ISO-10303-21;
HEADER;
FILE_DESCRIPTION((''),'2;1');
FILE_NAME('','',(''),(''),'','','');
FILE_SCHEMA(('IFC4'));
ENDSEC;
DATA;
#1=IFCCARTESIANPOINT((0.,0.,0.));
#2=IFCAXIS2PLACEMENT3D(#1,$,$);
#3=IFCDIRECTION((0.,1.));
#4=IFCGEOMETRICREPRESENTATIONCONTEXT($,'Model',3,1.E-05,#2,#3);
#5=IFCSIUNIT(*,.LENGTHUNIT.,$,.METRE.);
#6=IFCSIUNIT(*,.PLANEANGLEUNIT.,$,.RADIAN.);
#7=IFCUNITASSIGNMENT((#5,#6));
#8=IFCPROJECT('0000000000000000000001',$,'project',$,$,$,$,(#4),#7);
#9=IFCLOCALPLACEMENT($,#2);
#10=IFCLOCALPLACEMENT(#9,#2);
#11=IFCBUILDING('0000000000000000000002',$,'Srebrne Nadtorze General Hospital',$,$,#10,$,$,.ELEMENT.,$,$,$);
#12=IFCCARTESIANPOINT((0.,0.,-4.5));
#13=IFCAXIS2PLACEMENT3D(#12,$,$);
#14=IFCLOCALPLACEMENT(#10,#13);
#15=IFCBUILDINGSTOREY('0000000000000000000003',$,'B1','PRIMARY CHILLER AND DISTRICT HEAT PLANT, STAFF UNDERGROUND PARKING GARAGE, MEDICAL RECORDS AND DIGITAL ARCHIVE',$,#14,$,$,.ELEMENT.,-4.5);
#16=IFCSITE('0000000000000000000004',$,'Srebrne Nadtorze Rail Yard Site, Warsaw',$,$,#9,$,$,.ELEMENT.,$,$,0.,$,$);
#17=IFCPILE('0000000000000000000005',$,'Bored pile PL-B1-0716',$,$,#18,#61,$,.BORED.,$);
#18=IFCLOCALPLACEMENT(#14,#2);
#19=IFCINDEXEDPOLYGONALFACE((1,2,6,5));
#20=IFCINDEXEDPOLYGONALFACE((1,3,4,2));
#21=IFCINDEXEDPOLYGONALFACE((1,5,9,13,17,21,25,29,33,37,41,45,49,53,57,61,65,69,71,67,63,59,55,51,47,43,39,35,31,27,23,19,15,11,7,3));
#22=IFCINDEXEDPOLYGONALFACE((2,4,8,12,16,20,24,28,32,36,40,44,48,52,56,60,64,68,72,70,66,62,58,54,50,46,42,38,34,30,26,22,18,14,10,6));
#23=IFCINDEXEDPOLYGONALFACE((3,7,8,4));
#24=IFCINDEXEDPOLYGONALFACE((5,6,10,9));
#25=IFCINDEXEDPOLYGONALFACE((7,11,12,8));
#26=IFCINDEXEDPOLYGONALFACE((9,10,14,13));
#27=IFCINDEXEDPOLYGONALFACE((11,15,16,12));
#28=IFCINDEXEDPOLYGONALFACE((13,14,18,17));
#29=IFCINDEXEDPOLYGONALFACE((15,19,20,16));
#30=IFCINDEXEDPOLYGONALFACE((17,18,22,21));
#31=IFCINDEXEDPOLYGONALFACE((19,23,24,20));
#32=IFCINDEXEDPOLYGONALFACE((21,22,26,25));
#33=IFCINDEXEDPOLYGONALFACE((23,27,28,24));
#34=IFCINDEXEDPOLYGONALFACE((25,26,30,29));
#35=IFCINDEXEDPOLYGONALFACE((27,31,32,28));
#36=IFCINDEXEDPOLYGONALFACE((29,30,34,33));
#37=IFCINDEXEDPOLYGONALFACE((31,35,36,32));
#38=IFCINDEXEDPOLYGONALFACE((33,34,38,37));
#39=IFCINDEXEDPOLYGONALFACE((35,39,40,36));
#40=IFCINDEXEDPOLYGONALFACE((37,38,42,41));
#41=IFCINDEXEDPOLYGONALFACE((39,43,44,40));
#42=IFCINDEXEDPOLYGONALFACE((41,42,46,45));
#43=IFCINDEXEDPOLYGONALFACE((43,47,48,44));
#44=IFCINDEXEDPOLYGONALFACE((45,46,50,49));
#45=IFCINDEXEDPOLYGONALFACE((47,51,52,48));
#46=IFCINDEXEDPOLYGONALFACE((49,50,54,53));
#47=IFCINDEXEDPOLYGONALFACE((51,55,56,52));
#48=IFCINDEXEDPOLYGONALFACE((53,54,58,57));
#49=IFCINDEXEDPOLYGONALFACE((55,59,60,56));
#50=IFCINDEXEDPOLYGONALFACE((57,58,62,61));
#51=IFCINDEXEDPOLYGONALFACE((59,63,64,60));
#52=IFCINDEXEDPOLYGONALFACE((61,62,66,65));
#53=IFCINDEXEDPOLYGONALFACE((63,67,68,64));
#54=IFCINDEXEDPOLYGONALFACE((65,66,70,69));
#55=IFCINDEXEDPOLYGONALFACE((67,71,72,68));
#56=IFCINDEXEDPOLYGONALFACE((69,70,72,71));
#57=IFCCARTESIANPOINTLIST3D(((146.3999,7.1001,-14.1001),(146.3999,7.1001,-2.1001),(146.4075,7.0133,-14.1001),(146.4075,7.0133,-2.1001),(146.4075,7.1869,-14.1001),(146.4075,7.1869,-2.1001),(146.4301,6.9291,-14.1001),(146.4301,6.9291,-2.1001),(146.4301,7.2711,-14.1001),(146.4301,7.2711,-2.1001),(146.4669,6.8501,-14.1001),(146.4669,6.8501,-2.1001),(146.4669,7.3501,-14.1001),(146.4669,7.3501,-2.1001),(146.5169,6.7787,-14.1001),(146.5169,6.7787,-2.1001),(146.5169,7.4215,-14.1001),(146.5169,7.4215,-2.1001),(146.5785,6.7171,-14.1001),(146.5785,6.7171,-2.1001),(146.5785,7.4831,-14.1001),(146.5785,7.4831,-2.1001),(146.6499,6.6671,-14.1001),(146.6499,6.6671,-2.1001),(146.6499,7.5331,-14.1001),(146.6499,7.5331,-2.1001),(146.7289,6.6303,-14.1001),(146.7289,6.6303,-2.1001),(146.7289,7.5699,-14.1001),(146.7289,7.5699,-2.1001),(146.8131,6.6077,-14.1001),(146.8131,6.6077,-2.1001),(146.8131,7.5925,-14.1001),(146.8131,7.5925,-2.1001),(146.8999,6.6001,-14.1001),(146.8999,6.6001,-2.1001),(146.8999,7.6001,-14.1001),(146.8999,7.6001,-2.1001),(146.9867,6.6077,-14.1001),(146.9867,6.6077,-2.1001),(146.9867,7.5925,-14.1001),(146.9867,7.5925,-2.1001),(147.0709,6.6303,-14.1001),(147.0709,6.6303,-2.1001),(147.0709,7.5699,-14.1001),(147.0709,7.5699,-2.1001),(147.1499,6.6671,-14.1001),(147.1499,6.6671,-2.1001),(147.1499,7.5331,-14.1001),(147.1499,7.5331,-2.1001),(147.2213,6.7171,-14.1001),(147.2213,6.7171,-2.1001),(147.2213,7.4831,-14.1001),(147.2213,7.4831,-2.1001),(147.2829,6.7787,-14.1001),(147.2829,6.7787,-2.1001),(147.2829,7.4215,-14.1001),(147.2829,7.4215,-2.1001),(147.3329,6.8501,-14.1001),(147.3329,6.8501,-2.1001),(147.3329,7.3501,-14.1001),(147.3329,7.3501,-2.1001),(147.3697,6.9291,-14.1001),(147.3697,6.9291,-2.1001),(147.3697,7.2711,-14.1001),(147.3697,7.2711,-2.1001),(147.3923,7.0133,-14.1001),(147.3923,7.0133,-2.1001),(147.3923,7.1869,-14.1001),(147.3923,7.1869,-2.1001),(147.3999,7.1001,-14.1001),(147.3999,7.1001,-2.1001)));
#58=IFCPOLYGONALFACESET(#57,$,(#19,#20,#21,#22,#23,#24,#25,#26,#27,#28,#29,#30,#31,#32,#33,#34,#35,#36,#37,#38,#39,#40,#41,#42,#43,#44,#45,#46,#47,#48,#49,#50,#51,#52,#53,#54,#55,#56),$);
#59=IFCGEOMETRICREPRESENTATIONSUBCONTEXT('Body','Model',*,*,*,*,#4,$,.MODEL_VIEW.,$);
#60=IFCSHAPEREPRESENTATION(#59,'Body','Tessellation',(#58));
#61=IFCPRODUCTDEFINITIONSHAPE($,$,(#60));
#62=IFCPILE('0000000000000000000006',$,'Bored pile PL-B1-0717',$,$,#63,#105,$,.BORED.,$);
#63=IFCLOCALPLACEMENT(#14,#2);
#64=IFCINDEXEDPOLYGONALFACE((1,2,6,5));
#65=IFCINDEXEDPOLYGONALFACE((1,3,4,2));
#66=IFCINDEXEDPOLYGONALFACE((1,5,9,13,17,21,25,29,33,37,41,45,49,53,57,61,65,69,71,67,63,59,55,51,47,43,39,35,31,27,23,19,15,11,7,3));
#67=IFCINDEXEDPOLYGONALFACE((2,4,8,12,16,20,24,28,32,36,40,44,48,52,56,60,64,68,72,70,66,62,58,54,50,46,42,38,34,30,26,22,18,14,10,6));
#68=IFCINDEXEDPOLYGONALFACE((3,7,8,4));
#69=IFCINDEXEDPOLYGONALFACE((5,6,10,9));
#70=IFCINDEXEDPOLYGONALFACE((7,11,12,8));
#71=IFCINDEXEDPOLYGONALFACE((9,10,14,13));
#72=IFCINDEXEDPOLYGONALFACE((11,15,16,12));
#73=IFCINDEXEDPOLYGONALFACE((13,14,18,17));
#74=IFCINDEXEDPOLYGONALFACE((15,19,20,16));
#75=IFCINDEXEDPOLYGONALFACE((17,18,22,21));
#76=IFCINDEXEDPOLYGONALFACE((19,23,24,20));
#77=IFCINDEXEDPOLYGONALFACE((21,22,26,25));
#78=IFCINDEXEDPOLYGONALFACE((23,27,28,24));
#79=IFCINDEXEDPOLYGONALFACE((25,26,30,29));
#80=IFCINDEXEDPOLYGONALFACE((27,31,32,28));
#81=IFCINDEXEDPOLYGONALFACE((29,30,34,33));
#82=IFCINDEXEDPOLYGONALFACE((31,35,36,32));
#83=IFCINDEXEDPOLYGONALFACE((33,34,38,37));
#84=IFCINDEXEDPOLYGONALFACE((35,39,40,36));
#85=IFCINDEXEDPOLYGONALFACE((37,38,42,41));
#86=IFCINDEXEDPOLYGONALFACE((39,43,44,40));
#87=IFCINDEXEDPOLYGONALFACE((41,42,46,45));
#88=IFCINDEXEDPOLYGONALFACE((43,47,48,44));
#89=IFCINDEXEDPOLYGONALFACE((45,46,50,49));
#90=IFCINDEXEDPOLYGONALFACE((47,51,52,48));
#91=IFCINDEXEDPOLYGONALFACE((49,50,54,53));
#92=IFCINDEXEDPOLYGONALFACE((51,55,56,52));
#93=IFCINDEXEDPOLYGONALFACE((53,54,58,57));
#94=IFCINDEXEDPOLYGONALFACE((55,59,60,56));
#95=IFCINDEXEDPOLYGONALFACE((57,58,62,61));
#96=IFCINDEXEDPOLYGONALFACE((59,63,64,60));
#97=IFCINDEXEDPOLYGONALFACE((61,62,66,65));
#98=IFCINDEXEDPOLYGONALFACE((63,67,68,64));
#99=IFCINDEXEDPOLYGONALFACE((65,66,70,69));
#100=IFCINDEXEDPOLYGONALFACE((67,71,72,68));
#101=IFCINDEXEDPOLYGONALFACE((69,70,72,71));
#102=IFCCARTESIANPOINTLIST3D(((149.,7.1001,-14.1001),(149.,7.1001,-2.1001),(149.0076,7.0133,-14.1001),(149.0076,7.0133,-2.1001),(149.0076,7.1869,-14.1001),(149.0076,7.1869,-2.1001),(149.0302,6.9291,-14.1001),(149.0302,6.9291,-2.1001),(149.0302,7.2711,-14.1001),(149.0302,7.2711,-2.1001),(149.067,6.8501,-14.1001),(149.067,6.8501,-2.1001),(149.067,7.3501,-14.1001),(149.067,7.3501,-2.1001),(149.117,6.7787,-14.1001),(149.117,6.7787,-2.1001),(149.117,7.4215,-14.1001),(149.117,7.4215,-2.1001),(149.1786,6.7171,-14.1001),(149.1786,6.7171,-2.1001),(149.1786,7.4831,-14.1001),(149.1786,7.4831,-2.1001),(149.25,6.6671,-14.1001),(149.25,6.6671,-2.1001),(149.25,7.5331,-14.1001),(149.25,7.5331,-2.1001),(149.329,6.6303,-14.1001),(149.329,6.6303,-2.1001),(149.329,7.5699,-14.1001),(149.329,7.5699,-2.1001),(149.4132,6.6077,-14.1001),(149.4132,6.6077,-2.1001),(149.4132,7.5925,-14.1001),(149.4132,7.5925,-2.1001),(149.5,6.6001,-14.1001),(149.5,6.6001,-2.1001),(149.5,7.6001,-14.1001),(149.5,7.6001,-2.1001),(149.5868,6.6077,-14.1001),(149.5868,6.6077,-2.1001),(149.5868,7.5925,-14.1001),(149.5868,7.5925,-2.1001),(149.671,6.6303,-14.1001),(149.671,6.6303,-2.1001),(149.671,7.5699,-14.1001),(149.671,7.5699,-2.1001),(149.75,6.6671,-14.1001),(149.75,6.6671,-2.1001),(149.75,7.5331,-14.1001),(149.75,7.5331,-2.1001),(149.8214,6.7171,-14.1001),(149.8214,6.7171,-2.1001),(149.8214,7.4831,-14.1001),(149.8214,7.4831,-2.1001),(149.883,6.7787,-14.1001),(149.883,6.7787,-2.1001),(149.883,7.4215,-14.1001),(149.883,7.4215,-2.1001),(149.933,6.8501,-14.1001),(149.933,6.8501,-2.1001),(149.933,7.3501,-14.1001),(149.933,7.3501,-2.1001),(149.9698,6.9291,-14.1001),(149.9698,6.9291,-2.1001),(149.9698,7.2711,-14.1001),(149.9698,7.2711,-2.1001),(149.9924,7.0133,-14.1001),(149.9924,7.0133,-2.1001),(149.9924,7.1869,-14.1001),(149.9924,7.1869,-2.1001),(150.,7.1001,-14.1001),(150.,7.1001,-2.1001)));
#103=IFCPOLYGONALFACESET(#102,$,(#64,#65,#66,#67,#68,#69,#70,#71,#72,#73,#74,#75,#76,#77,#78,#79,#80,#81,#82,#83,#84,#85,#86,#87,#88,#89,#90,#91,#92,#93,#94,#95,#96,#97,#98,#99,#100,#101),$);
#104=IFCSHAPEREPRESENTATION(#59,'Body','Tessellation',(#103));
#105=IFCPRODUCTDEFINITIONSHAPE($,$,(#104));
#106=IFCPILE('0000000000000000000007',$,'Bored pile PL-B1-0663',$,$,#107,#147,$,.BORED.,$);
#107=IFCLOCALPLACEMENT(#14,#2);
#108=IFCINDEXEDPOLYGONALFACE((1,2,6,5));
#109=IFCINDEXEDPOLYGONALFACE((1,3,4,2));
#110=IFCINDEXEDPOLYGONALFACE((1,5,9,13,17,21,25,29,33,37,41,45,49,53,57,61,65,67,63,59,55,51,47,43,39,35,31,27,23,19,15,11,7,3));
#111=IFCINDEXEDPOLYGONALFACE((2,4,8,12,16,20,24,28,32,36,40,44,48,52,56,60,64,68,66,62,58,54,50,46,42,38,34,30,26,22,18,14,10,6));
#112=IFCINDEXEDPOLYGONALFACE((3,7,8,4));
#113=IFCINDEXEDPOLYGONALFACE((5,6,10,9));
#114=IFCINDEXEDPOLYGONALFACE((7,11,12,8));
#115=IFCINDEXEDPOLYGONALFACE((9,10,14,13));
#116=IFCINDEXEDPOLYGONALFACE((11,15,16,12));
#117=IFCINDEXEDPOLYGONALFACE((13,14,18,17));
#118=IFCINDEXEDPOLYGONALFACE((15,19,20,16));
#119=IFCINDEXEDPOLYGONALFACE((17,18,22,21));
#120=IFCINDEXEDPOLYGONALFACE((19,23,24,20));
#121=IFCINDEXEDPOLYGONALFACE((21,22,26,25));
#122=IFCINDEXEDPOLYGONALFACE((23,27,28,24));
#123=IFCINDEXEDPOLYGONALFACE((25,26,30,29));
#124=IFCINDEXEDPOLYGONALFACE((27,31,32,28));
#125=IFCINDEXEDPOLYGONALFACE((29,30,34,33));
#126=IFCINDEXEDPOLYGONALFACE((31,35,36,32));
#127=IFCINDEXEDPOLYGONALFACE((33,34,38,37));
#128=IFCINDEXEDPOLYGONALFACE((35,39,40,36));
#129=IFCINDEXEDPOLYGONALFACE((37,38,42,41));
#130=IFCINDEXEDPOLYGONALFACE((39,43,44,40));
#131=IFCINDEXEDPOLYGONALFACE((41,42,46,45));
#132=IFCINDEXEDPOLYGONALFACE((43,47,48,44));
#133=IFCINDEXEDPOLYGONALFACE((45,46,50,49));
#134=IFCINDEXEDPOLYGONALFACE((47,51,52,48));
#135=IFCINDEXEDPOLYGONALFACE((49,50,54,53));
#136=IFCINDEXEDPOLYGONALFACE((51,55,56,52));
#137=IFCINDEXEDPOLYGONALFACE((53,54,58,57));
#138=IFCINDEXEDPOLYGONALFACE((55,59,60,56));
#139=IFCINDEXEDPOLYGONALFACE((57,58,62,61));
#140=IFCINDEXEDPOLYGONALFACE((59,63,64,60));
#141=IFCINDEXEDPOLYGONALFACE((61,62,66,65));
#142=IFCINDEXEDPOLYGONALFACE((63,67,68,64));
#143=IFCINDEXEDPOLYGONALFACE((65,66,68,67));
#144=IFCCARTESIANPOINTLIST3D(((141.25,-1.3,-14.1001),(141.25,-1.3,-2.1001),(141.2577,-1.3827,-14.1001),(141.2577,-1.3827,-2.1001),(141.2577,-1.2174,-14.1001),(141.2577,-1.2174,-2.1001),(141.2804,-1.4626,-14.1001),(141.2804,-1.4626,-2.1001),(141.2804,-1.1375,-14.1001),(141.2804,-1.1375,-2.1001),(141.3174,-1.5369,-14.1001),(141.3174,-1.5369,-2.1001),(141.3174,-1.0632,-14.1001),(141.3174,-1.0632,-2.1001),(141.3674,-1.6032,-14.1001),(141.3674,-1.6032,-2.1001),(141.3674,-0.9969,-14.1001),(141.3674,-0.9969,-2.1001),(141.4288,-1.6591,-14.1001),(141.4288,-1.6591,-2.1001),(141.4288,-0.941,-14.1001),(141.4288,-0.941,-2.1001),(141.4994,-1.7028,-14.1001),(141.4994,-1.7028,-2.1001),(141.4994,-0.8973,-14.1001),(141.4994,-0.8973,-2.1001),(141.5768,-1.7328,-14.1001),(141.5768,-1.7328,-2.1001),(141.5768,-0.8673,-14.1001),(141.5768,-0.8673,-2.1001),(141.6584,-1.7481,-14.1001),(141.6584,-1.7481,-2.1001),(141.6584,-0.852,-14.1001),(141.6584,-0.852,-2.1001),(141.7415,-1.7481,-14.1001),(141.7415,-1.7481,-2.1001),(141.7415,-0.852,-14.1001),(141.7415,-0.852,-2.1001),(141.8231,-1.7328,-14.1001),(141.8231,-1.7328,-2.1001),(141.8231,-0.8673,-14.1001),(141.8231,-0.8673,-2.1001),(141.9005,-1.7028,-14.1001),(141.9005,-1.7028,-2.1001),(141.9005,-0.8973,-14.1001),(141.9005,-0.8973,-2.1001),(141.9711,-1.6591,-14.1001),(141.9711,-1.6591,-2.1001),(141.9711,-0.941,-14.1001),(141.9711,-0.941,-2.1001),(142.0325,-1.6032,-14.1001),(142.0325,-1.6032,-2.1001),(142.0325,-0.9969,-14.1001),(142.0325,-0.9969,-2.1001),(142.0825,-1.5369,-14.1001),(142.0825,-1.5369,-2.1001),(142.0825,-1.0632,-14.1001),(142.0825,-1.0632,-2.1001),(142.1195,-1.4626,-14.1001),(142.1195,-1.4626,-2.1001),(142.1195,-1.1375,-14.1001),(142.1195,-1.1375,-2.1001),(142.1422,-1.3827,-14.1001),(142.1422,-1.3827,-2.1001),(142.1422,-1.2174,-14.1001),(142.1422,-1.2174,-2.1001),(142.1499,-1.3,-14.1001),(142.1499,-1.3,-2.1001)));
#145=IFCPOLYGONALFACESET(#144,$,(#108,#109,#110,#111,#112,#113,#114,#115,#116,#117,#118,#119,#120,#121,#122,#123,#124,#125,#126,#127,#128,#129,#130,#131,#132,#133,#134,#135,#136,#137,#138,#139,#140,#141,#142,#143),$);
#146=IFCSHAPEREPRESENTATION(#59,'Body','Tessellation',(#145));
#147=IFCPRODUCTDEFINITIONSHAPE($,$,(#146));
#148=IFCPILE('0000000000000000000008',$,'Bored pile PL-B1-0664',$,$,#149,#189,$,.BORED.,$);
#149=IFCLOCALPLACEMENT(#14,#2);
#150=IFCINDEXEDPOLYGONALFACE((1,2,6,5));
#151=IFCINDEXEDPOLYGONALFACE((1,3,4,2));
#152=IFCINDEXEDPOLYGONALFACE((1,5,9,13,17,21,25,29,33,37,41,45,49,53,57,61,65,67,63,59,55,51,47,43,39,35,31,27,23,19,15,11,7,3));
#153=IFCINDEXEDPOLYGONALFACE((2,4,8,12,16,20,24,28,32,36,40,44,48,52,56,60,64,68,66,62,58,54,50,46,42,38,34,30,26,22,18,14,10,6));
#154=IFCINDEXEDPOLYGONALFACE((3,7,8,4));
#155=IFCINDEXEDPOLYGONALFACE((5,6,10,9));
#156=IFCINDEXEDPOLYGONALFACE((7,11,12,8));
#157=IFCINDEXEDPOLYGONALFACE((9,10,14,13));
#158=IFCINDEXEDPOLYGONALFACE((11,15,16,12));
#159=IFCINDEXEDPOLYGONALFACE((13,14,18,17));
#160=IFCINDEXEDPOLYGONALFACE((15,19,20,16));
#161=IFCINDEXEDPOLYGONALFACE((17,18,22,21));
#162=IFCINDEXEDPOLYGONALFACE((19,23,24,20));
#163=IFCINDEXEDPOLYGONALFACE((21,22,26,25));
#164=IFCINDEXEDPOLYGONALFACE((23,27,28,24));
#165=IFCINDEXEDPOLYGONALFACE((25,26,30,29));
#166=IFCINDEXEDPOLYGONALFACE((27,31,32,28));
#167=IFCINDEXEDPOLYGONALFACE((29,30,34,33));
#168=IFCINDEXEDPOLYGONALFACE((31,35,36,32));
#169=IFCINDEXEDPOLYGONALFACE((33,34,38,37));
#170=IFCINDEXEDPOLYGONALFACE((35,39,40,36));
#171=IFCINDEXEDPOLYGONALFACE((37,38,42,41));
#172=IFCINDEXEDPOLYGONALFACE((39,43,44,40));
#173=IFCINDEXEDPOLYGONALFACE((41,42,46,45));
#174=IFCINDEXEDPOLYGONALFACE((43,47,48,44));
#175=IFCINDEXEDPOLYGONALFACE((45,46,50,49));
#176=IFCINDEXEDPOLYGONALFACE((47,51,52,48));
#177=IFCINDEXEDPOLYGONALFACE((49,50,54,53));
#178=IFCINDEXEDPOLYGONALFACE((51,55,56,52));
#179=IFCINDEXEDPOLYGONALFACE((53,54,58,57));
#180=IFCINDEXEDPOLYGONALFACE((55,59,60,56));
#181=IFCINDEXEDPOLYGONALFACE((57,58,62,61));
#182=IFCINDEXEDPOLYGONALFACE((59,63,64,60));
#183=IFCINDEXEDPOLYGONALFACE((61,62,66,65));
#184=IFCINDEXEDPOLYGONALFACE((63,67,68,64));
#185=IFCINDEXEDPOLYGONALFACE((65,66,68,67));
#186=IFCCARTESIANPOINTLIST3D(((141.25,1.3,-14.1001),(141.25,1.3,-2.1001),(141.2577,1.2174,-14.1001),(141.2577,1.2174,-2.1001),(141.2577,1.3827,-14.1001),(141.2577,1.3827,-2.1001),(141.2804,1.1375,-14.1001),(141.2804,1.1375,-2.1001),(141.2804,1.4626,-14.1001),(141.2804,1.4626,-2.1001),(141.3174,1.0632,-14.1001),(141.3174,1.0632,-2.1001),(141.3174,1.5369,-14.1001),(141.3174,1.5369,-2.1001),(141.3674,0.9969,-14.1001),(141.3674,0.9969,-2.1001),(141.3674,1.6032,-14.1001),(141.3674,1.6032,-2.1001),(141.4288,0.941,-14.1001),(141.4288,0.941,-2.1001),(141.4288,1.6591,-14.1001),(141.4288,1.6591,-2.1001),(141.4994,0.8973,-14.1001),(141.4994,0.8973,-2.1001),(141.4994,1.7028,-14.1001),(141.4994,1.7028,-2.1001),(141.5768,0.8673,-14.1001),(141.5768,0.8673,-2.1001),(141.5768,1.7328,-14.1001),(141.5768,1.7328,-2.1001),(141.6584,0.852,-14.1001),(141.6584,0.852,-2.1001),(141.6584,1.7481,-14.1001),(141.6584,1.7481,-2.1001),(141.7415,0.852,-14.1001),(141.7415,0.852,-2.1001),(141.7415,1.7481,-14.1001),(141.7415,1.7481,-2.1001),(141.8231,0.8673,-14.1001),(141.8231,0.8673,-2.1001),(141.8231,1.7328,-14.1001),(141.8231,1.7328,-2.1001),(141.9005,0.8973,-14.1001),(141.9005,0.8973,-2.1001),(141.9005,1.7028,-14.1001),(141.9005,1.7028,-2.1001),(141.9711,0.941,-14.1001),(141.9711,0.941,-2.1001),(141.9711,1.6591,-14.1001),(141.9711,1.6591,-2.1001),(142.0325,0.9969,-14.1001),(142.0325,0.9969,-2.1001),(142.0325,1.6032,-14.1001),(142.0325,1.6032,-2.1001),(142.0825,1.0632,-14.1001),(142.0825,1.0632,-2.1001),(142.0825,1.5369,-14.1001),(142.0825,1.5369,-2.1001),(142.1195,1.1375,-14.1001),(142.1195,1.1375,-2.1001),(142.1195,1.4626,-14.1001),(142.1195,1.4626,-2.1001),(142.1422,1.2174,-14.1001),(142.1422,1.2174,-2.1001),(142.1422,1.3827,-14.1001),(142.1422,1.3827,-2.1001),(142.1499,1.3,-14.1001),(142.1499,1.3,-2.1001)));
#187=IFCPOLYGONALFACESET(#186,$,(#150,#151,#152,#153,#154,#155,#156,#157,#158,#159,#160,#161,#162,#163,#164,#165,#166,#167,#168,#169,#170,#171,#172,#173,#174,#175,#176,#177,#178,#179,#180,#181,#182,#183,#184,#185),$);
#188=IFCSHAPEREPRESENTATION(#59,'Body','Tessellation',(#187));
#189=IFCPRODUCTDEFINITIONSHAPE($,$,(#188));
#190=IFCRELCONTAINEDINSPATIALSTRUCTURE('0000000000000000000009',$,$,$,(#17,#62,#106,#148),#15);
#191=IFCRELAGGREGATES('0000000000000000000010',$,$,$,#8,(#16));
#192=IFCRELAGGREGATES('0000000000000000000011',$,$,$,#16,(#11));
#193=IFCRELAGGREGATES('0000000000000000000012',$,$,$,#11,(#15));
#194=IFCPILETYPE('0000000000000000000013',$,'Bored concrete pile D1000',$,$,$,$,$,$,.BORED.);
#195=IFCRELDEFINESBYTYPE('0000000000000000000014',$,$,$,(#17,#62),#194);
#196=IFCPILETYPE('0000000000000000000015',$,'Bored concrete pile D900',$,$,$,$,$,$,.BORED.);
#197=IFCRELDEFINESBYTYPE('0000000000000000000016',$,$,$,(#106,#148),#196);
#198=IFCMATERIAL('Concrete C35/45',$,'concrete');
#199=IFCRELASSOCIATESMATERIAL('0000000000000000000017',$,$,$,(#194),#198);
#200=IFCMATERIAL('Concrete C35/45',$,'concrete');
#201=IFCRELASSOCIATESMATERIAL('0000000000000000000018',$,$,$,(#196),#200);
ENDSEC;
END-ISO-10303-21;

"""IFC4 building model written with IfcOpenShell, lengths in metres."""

from ifc_helpers import new_model, si_unit, direction, frame, origin, origin_2d, place, context, subcontext, project, spatial, circle, extrude, material, material_profile, profile_set, type_object, element, save


model = new_model("IFC4")

# Units and contexts
model_context = context("Model", 3, precision=1e-05, world=origin(), true_north=direction((0.0, 1.0)))
body_context = subcontext(model_context, "Body", "Model", "MODEL_VIEW")
ifc_project = project(units=[si_unit("LENGTHUNIT", "METRE"), si_unit("PLANEANGLEUNIT", "RADIAN")], contexts=[model_context])

# Site, building, storey
site_placement = place(None, origin())
site = spatial("IfcSite", under=ifc_project, at=site_placement, Name="Srebrne Nadtorze Rail Yard Site, Warsaw", CompositionType="ELEMENT", RefElevation=0.0)
building_placement = place(site_placement, origin())
building = spatial("IfcBuilding", under=site, at=building_placement, Name="Srebrne Nadtorze General Hospital", CompositionType="ELEMENT")
storey_placement = place(building_placement, frame((0.0, 0.0, -4.5)))
storey = spatial("IfcBuildingStorey", under=building, at=storey_placement, Name="B1", Description="PRIMARY CHILLER AND DISTRICT HEAT PLANT, STAFF UNDERGROUND PARKING GARAGE, MEDICAL RECORDS AND DIGITAL ARCHIVE", CompositionType="ELEMENT", Elevation=-4.5)

# Piles
ifc_material_1 = material(Name="Concrete C35/45", Category="concrete")
ifc_material_profile_1 = material_profile(ifc_material_1, circle(Radius=0.5, at=origin_2d()), Name="PILE-D1000")
ifc_profile_set_1 = profile_set([ifc_material_profile_1], Name="Concrete C35/45")
pile_type_1 = type_object("IfcPileType", Name="Bored concrete pile D1000", PredefinedType="BORED", material=ifc_profile_set_1)
for number, where, z_axis, x_axis, name in (
    (1, (146.8999, 7.1001, -2.1001), (0.0, 0.0, -1.0), (1.0, 0.0, 0.0), "Bored pile PL-B1-0716"),
    (2, (149.5, 7.1001, -2.1001), (0.0, 0.0, -1.0), (1.0, 0.0, 0.0), "Bored pile PL-B1-0717"),
):
    element("IfcPile", number, at=place(storey_placement, frame(where, z_axis=z_axis, x_axis=x_axis)), inside=storey, type_object=pile_type_1, Name=name, PredefinedType="BORED", context=body_context, shape_type="SweptSolid", body=[
        extrude(circle(Radius=0.5, at=origin_2d()), origin(), (0.0, 0.0, 1.0), 12.0),
    ])
ifc_material_2 = material(Name="Concrete C35/45", Category="concrete")
ifc_material_profile_2 = material_profile(ifc_material_2, circle(Radius=0.45, at=origin_2d()), Name="PILE-D900")
ifc_profile_set_2 = profile_set([ifc_material_profile_2], Name="Concrete C35/45")
pile_type_2 = type_object("IfcPileType", Name="Bored concrete pile D900", PredefinedType="BORED", material=ifc_profile_set_2)
for number, where, z_axis, x_axis, name in (
    (3, (141.7, -1.3, -2.1001), (0.0, 0.0, -1.0), (1.0, 0.0, 0.0), "Bored pile PL-B1-0663"),
    (4, (141.7, 1.3, -2.1001), (0.0, 0.0, -1.0), (1.0, 0.0, 0.0), "Bored pile PL-B1-0664"),
):
    element("IfcPile", number, at=place(storey_placement, frame(where, z_axis=z_axis, x_axis=x_axis)), inside=storey, type_object=pile_type_2, Name=name, PredefinedType="BORED", context=body_context, shape_type="SweptSolid", body=[
        extrude(circle(Radius=0.45, at=origin_2d()), origin(), (0.0, 0.0, 1.0), 12.0),
    ])

save(model, "model.ifc")
